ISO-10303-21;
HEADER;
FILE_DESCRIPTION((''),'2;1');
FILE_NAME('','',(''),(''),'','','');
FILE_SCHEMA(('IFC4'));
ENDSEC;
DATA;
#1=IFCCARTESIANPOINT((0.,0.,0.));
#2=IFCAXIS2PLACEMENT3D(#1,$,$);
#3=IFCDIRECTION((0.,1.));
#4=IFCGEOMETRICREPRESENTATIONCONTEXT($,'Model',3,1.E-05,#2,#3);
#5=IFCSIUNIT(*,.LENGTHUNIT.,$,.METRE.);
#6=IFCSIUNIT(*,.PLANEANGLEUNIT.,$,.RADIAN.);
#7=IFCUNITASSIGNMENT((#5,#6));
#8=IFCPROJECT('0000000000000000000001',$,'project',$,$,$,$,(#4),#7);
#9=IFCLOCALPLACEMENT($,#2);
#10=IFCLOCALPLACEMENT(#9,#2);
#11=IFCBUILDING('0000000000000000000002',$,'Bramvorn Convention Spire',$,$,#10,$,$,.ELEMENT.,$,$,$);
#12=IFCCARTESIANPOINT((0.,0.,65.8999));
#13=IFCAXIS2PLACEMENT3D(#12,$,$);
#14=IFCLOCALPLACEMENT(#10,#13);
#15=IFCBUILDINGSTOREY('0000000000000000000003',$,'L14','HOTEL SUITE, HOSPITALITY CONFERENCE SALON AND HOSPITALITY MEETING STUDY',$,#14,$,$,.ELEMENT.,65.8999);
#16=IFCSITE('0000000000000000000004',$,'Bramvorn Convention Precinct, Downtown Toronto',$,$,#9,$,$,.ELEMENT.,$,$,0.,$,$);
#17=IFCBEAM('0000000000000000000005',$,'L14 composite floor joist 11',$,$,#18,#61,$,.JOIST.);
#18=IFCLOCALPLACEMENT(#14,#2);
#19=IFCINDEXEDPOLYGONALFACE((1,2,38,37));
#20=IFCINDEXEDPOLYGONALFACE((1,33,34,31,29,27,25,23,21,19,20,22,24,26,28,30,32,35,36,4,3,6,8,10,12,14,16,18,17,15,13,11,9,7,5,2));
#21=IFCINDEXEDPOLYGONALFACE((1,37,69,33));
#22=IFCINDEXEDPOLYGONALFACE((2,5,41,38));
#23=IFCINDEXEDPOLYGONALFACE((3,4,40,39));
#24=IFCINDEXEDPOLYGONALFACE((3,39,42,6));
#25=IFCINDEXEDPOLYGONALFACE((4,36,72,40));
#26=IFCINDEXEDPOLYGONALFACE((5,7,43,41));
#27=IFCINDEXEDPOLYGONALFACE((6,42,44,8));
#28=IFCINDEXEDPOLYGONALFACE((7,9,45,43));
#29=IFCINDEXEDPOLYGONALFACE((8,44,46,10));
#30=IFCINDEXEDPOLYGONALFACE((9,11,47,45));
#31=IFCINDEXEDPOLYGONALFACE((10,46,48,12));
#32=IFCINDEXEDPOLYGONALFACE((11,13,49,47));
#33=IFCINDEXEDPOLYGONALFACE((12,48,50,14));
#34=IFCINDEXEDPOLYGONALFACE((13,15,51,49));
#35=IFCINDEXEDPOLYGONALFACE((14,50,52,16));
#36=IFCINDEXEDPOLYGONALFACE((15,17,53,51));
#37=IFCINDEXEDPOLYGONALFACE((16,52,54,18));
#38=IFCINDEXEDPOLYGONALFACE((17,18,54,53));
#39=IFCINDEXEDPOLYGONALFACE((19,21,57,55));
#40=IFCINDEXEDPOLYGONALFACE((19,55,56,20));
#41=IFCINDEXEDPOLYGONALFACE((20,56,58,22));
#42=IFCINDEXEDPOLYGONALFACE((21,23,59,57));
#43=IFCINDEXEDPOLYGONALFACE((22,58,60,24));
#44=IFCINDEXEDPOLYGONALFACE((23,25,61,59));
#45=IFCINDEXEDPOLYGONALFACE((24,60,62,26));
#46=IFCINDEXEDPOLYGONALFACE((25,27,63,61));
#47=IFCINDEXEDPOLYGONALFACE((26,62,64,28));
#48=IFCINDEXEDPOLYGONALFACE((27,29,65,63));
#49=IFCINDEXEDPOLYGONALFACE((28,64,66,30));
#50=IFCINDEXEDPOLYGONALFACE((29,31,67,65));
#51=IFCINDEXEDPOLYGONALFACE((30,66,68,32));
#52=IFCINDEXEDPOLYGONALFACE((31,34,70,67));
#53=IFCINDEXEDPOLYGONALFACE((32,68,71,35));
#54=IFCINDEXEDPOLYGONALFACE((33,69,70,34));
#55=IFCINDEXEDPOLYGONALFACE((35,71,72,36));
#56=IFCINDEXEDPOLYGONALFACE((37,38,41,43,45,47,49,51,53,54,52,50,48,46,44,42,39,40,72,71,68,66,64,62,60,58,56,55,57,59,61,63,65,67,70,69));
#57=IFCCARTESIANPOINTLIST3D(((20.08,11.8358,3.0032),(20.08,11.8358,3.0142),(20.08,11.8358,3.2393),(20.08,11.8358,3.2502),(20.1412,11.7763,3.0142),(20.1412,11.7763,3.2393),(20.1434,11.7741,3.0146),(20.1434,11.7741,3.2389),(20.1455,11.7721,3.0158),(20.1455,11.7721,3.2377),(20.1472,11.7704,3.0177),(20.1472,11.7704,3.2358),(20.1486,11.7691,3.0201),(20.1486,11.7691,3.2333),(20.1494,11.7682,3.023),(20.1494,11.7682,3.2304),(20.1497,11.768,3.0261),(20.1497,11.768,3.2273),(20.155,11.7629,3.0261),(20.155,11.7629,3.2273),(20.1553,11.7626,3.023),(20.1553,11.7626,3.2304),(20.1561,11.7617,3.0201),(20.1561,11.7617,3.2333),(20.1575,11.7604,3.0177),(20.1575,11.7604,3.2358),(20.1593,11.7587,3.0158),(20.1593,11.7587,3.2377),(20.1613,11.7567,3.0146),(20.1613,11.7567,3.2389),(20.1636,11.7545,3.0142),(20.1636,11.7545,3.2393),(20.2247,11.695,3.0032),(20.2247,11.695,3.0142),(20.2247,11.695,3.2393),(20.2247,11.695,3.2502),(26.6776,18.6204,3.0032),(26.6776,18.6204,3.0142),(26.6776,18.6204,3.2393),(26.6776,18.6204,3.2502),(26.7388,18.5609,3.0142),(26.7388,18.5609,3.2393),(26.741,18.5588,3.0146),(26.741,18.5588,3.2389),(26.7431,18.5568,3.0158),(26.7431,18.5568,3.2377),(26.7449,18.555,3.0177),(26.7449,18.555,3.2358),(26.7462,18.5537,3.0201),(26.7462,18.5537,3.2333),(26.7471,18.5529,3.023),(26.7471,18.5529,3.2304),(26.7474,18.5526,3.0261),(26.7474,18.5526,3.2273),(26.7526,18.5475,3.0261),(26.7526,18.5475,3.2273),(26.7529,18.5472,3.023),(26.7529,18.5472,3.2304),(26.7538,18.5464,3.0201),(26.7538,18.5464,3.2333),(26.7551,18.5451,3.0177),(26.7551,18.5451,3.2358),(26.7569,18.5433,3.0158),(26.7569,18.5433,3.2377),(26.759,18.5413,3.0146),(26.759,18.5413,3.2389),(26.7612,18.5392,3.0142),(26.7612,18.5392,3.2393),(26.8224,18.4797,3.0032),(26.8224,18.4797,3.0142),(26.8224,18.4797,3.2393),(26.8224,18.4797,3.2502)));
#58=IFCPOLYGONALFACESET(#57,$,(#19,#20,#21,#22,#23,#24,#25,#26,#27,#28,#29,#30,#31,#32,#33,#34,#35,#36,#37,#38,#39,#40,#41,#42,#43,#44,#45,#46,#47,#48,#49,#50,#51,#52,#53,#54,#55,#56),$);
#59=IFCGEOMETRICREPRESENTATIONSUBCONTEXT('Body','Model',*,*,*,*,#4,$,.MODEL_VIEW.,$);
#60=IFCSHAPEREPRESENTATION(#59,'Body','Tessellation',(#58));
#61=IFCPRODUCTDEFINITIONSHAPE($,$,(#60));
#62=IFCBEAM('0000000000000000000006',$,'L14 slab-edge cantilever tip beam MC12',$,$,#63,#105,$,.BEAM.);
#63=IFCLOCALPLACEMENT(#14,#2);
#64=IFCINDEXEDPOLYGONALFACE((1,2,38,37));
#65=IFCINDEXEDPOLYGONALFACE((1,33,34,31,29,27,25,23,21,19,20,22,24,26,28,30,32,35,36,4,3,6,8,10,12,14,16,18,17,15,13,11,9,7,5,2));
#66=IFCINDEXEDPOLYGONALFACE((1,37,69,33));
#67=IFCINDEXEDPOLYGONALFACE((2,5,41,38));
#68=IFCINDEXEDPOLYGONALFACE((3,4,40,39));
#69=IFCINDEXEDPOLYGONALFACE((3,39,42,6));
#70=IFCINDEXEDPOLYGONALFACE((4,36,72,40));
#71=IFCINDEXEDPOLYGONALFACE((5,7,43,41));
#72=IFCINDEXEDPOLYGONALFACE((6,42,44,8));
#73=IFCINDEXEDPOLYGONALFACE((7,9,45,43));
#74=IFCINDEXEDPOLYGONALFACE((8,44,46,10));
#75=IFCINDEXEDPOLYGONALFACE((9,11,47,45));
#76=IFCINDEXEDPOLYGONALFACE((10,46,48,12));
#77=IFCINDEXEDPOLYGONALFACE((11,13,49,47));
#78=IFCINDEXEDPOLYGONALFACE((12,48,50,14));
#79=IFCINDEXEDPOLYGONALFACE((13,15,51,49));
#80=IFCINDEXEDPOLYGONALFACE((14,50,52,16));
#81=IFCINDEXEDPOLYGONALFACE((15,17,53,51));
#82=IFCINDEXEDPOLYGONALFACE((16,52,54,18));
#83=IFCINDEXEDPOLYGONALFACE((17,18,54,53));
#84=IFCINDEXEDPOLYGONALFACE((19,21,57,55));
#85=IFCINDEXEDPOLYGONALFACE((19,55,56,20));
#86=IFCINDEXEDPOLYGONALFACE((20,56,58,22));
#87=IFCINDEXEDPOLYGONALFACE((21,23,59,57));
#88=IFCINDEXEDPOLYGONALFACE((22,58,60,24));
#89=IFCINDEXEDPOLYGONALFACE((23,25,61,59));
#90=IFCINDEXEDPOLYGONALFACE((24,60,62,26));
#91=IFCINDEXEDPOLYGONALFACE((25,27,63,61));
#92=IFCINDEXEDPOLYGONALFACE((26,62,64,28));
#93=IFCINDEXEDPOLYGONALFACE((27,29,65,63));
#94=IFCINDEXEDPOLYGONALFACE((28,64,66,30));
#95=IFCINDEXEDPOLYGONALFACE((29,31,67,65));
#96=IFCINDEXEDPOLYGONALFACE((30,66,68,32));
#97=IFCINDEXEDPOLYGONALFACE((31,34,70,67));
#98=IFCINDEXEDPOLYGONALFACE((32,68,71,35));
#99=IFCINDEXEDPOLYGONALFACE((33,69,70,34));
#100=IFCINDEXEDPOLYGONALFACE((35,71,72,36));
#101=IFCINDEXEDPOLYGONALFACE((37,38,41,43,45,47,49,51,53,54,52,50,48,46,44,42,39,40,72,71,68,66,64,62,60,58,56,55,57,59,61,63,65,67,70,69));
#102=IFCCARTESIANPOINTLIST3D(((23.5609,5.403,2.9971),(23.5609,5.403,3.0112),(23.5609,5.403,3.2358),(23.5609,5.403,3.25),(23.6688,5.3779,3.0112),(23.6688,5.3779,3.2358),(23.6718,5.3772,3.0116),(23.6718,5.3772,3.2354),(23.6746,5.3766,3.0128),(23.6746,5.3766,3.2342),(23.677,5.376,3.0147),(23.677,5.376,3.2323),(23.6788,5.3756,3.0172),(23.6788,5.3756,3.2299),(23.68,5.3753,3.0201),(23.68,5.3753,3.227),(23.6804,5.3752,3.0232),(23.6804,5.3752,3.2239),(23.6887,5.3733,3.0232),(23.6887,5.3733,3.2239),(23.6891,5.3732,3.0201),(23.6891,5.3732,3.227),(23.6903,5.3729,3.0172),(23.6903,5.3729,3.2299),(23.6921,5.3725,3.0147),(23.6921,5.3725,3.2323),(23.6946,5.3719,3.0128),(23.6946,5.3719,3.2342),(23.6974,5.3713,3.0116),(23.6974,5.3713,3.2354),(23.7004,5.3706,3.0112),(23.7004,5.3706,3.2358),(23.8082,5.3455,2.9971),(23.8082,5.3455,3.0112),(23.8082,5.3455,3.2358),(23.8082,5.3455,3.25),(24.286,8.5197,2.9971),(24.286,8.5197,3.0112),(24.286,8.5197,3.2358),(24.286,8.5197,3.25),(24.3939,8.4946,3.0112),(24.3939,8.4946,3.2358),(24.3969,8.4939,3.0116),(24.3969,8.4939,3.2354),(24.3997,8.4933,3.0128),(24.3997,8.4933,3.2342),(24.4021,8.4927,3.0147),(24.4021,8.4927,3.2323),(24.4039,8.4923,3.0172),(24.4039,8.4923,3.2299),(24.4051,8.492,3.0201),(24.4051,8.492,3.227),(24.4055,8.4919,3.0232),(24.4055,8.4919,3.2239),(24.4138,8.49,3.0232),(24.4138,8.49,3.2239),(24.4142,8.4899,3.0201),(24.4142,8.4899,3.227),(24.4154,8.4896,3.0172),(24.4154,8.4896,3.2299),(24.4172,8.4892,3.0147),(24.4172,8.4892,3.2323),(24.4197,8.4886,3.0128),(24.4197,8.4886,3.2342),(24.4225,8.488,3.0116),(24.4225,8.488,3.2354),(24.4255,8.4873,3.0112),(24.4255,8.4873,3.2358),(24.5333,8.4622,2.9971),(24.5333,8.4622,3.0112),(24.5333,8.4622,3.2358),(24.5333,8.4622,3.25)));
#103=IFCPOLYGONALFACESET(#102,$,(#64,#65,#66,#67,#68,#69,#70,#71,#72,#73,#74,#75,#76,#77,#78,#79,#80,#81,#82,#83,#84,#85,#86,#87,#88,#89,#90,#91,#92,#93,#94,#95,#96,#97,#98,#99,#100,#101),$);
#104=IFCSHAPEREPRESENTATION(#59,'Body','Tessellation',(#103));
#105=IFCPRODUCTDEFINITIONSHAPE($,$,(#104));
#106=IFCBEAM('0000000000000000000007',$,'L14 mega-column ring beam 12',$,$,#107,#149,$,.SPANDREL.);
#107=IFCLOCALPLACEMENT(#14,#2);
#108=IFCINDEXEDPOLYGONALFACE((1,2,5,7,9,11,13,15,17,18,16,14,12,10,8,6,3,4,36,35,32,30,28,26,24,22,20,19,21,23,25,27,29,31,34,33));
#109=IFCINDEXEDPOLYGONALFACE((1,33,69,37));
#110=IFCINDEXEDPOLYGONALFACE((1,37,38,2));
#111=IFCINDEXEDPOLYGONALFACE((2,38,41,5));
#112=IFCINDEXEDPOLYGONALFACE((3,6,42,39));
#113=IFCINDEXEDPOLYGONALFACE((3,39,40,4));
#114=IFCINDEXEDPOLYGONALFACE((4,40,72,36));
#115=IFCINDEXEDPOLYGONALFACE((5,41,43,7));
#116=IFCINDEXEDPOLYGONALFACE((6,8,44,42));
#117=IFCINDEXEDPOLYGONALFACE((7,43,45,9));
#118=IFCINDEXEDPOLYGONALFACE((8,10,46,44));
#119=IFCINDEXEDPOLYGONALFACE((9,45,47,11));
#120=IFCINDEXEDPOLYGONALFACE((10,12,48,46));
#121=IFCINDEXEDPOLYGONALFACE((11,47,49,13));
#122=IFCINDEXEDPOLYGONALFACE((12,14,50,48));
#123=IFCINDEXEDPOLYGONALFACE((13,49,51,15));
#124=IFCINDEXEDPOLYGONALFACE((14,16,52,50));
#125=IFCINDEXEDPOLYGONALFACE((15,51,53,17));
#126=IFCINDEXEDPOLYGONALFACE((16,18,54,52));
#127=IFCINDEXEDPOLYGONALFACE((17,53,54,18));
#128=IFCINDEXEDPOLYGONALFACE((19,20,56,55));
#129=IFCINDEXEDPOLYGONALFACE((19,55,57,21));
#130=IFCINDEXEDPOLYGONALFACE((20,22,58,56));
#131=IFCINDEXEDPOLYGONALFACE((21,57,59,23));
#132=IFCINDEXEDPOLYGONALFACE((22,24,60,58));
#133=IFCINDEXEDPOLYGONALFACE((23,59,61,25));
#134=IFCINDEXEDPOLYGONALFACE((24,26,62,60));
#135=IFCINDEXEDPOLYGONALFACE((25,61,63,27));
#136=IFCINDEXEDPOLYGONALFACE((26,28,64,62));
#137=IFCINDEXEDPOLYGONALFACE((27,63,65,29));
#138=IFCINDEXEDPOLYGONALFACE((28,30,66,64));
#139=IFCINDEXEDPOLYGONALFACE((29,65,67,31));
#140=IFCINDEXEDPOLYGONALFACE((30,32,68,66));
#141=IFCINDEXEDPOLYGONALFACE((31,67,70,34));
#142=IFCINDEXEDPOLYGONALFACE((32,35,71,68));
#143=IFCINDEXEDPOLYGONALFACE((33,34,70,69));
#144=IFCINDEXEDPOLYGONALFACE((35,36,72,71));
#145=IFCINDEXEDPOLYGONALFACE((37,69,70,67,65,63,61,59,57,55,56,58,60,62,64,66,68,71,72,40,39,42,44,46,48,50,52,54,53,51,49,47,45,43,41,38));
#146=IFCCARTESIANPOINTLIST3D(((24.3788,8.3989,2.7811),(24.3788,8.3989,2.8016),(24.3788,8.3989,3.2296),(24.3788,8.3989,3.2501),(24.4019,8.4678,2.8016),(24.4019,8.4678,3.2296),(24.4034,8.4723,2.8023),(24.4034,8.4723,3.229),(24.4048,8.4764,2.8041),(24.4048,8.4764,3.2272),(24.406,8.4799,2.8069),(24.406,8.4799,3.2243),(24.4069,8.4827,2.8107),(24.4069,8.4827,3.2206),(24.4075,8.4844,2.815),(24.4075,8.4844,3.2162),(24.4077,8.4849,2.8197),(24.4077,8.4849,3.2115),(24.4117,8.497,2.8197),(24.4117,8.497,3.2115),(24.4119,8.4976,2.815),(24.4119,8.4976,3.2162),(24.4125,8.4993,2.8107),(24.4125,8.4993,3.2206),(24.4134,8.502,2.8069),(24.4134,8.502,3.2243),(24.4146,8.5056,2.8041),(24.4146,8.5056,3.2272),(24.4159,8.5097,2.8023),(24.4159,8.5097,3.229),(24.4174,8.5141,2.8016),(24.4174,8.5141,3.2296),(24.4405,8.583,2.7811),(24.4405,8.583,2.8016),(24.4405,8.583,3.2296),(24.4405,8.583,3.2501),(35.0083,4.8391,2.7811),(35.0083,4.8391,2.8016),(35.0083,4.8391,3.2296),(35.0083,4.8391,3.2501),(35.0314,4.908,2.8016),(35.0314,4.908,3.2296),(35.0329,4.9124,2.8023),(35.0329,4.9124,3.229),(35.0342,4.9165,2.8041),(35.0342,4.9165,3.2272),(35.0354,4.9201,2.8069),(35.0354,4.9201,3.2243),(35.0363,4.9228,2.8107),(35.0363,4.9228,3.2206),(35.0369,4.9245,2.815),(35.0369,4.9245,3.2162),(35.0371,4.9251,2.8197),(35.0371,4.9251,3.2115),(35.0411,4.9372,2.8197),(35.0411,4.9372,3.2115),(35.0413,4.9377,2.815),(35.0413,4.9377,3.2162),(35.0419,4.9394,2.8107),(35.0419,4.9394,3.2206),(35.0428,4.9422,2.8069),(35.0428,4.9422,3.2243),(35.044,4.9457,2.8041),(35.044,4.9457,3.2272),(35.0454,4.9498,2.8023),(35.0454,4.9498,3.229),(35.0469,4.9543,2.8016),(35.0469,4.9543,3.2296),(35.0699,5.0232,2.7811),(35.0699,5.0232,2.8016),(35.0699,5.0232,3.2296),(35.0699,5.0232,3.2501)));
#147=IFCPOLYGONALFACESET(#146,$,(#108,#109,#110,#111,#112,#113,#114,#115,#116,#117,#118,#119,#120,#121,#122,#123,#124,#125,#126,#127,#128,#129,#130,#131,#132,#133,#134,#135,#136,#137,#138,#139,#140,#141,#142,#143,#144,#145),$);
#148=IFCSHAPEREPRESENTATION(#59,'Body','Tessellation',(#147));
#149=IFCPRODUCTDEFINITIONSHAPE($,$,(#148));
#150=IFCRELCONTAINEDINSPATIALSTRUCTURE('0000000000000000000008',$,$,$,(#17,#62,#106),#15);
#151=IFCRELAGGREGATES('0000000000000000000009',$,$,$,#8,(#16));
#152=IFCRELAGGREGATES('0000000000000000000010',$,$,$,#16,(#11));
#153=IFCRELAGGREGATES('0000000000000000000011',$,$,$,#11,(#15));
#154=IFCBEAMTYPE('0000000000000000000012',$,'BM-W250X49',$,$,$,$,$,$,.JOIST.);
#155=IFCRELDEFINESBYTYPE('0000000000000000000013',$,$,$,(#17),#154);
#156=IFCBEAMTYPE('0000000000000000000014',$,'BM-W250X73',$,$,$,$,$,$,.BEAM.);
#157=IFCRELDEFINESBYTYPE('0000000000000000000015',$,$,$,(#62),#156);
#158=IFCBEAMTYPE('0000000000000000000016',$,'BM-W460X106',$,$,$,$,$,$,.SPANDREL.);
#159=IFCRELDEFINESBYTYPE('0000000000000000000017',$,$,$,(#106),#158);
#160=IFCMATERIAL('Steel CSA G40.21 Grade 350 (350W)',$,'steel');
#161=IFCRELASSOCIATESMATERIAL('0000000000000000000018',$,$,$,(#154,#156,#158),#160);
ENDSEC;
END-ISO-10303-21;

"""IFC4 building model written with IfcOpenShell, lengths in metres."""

from ifc_helpers import new_model, si_unit, direction, frame, origin, origin_2d, place, context, subcontext, project, spatial, i_section, extrude, material, material_profile, profile_set, type_object, element, save


model = new_model("IFC4")

# Units and contexts
model_context = context("Model", 3, precision=1e-05, world=origin(), true_north=direction((0.0, 1.0)))
body_context = subcontext(model_context, "Body", "Model", "MODEL_VIEW")
ifc_project = project(units=[si_unit("LENGTHUNIT", "METRE"), si_unit("PLANEANGLEUNIT", "RADIAN")], contexts=[model_context])

# Site, building, storey
site_placement = place(None, origin())
site = spatial("IfcSite", under=ifc_project, at=site_placement, Name="Bramvorn Convention Precinct, Downtown Toronto", CompositionType="ELEMENT", RefElevation=0.0)
building_placement = place(site_placement, origin())
building = spatial("IfcBuilding", under=site, at=building_placement, Name="Bramvorn Convention Spire", CompositionType="ELEMENT")
storey_placement = place(building_placement, frame((0.0, 0.0, 65.8999)))
storey = spatial("IfcBuildingStorey", under=building, at=storey_placement, Name="L14", Description="HOTEL SUITE, HOSPITALITY CONFERENCE SALON AND HOSPITALITY MEETING STUDY", CompositionType="ELEMENT", Elevation=65.8999)

# Beams
ifc_material_1 = material(Name="Steel CSA G40.21 Grade 350 (350W)", Category="steel")
ifc_material_profile_1 = material_profile(ifc_material_1, i_section(OverallWidth=0.2019, OverallDepth=0.2471, WebThickness=0.0073, FlangeThickness=0.011, FilletRadius=0.012, at=origin_2d()))
ifc_profile_set_1 = profile_set([ifc_material_profile_1], Name="Steel CSA G40.21 Grade 350 (350W) - W250X49")
beam_type_1 = type_object("IfcBeamType", Name="BM-W250X49", PredefinedType="JOIST", material=ifc_profile_set_1)
beam_1_placement = place(storey_placement, frame((26.75, 18.55, 3.1267), z_axis=(-0.697157, -0.716918, 0.0), x_axis=(0.716918, -0.697157, 0.0)))
element("IfcBeam", 1, at=beam_1_placement, inside=storey, type_object=beam_type_1, Name="L14 composite floor joist 11", PredefinedType="JOIST", context=body_context, shape_type="SweptSolid", body=[
    extrude(i_section(OverallWidth=0.2019, OverallDepth=0.2471, WebThickness=0.0073, FlangeThickness=0.011, FilletRadius=0.012, at=origin_2d()), origin(), (0.0, 0.0, 1.0), 9.4636),
])
ifc_material_profile_2 = material_profile(ifc_material_1, i_section(OverallWidth=0.2539, OverallDepth=0.2529, WebThickness=0.0085, FlangeThickness=0.0142, FilletRadius=0.012, at=origin_2d()))
ifc_profile_set_2 = profile_set([ifc_material_profile_2], Name="Steel CSA G40.21 Grade 350 (350W) - W250X73")
beam_type_2 = type_object("IfcBeamType", Name="BM-W250X73", PredefinedType="BEAM", material=ifc_profile_set_2)
beam_2_placement = place(storey_placement, frame((24.4097, 8.491, 3.1235), z_axis=(-0.226598, -0.973988, 0.0), x_axis=(0.973988, -0.226598, 0.0)))
element("IfcBeam", 2, at=beam_2_placement, inside=storey, type_object=beam_type_2, Name="L14 slab-edge cantilever tip beam MC12", PredefinedType="BEAM", context=body_context, shape_type="SweptSolid", body=[
    extrude(i_section(OverallWidth=0.2539, OverallDepth=0.2529, WebThickness=0.0085, FlangeThickness=0.0142, FilletRadius=0.012, at=origin_2d()), origin(), (0.0, 0.0, 1.0), 3.2),
])
ifc_material_profile_3 = material_profile(ifc_material_1, i_section(OverallWidth=0.1941, OverallDepth=0.469, WebThickness=0.0127, FlangeThickness=0.0205, FilletRadius=0.0181, at=origin_2d()))
ifc_profile_set_3 = profile_set([ifc_material_profile_3], Name="Steel CSA G40.21 Grade 350 (350W) - W460X106")
beam_type_3 = type_object("IfcBeamType", Name="BM-W460X106", PredefinedType="SPANDREL", material=ifc_profile_set_3)
beam_3_placement = place(storey_placement, frame((24.4097, 8.491, 3.0156), z_axis=(0.948236, -0.317567, 0.0), x_axis=(0.317567, 0.948236, 0.0)))
element("IfcBeam", 3, at=beam_3_placement, inside=storey, type_object=beam_type_3, Name="L14 mega-column ring beam 12", PredefinedType="SPANDREL", context=body_context, shape_type="SweptSolid", body=[
    extrude(i_section(OverallWidth=0.1941, OverallDepth=0.469, WebThickness=0.0127, FlangeThickness=0.0205, FilletRadius=0.0181, at=origin_2d()), origin(), (0.0, 0.0, 1.0), 11.2097),
])

save(model, "model.ifc")
